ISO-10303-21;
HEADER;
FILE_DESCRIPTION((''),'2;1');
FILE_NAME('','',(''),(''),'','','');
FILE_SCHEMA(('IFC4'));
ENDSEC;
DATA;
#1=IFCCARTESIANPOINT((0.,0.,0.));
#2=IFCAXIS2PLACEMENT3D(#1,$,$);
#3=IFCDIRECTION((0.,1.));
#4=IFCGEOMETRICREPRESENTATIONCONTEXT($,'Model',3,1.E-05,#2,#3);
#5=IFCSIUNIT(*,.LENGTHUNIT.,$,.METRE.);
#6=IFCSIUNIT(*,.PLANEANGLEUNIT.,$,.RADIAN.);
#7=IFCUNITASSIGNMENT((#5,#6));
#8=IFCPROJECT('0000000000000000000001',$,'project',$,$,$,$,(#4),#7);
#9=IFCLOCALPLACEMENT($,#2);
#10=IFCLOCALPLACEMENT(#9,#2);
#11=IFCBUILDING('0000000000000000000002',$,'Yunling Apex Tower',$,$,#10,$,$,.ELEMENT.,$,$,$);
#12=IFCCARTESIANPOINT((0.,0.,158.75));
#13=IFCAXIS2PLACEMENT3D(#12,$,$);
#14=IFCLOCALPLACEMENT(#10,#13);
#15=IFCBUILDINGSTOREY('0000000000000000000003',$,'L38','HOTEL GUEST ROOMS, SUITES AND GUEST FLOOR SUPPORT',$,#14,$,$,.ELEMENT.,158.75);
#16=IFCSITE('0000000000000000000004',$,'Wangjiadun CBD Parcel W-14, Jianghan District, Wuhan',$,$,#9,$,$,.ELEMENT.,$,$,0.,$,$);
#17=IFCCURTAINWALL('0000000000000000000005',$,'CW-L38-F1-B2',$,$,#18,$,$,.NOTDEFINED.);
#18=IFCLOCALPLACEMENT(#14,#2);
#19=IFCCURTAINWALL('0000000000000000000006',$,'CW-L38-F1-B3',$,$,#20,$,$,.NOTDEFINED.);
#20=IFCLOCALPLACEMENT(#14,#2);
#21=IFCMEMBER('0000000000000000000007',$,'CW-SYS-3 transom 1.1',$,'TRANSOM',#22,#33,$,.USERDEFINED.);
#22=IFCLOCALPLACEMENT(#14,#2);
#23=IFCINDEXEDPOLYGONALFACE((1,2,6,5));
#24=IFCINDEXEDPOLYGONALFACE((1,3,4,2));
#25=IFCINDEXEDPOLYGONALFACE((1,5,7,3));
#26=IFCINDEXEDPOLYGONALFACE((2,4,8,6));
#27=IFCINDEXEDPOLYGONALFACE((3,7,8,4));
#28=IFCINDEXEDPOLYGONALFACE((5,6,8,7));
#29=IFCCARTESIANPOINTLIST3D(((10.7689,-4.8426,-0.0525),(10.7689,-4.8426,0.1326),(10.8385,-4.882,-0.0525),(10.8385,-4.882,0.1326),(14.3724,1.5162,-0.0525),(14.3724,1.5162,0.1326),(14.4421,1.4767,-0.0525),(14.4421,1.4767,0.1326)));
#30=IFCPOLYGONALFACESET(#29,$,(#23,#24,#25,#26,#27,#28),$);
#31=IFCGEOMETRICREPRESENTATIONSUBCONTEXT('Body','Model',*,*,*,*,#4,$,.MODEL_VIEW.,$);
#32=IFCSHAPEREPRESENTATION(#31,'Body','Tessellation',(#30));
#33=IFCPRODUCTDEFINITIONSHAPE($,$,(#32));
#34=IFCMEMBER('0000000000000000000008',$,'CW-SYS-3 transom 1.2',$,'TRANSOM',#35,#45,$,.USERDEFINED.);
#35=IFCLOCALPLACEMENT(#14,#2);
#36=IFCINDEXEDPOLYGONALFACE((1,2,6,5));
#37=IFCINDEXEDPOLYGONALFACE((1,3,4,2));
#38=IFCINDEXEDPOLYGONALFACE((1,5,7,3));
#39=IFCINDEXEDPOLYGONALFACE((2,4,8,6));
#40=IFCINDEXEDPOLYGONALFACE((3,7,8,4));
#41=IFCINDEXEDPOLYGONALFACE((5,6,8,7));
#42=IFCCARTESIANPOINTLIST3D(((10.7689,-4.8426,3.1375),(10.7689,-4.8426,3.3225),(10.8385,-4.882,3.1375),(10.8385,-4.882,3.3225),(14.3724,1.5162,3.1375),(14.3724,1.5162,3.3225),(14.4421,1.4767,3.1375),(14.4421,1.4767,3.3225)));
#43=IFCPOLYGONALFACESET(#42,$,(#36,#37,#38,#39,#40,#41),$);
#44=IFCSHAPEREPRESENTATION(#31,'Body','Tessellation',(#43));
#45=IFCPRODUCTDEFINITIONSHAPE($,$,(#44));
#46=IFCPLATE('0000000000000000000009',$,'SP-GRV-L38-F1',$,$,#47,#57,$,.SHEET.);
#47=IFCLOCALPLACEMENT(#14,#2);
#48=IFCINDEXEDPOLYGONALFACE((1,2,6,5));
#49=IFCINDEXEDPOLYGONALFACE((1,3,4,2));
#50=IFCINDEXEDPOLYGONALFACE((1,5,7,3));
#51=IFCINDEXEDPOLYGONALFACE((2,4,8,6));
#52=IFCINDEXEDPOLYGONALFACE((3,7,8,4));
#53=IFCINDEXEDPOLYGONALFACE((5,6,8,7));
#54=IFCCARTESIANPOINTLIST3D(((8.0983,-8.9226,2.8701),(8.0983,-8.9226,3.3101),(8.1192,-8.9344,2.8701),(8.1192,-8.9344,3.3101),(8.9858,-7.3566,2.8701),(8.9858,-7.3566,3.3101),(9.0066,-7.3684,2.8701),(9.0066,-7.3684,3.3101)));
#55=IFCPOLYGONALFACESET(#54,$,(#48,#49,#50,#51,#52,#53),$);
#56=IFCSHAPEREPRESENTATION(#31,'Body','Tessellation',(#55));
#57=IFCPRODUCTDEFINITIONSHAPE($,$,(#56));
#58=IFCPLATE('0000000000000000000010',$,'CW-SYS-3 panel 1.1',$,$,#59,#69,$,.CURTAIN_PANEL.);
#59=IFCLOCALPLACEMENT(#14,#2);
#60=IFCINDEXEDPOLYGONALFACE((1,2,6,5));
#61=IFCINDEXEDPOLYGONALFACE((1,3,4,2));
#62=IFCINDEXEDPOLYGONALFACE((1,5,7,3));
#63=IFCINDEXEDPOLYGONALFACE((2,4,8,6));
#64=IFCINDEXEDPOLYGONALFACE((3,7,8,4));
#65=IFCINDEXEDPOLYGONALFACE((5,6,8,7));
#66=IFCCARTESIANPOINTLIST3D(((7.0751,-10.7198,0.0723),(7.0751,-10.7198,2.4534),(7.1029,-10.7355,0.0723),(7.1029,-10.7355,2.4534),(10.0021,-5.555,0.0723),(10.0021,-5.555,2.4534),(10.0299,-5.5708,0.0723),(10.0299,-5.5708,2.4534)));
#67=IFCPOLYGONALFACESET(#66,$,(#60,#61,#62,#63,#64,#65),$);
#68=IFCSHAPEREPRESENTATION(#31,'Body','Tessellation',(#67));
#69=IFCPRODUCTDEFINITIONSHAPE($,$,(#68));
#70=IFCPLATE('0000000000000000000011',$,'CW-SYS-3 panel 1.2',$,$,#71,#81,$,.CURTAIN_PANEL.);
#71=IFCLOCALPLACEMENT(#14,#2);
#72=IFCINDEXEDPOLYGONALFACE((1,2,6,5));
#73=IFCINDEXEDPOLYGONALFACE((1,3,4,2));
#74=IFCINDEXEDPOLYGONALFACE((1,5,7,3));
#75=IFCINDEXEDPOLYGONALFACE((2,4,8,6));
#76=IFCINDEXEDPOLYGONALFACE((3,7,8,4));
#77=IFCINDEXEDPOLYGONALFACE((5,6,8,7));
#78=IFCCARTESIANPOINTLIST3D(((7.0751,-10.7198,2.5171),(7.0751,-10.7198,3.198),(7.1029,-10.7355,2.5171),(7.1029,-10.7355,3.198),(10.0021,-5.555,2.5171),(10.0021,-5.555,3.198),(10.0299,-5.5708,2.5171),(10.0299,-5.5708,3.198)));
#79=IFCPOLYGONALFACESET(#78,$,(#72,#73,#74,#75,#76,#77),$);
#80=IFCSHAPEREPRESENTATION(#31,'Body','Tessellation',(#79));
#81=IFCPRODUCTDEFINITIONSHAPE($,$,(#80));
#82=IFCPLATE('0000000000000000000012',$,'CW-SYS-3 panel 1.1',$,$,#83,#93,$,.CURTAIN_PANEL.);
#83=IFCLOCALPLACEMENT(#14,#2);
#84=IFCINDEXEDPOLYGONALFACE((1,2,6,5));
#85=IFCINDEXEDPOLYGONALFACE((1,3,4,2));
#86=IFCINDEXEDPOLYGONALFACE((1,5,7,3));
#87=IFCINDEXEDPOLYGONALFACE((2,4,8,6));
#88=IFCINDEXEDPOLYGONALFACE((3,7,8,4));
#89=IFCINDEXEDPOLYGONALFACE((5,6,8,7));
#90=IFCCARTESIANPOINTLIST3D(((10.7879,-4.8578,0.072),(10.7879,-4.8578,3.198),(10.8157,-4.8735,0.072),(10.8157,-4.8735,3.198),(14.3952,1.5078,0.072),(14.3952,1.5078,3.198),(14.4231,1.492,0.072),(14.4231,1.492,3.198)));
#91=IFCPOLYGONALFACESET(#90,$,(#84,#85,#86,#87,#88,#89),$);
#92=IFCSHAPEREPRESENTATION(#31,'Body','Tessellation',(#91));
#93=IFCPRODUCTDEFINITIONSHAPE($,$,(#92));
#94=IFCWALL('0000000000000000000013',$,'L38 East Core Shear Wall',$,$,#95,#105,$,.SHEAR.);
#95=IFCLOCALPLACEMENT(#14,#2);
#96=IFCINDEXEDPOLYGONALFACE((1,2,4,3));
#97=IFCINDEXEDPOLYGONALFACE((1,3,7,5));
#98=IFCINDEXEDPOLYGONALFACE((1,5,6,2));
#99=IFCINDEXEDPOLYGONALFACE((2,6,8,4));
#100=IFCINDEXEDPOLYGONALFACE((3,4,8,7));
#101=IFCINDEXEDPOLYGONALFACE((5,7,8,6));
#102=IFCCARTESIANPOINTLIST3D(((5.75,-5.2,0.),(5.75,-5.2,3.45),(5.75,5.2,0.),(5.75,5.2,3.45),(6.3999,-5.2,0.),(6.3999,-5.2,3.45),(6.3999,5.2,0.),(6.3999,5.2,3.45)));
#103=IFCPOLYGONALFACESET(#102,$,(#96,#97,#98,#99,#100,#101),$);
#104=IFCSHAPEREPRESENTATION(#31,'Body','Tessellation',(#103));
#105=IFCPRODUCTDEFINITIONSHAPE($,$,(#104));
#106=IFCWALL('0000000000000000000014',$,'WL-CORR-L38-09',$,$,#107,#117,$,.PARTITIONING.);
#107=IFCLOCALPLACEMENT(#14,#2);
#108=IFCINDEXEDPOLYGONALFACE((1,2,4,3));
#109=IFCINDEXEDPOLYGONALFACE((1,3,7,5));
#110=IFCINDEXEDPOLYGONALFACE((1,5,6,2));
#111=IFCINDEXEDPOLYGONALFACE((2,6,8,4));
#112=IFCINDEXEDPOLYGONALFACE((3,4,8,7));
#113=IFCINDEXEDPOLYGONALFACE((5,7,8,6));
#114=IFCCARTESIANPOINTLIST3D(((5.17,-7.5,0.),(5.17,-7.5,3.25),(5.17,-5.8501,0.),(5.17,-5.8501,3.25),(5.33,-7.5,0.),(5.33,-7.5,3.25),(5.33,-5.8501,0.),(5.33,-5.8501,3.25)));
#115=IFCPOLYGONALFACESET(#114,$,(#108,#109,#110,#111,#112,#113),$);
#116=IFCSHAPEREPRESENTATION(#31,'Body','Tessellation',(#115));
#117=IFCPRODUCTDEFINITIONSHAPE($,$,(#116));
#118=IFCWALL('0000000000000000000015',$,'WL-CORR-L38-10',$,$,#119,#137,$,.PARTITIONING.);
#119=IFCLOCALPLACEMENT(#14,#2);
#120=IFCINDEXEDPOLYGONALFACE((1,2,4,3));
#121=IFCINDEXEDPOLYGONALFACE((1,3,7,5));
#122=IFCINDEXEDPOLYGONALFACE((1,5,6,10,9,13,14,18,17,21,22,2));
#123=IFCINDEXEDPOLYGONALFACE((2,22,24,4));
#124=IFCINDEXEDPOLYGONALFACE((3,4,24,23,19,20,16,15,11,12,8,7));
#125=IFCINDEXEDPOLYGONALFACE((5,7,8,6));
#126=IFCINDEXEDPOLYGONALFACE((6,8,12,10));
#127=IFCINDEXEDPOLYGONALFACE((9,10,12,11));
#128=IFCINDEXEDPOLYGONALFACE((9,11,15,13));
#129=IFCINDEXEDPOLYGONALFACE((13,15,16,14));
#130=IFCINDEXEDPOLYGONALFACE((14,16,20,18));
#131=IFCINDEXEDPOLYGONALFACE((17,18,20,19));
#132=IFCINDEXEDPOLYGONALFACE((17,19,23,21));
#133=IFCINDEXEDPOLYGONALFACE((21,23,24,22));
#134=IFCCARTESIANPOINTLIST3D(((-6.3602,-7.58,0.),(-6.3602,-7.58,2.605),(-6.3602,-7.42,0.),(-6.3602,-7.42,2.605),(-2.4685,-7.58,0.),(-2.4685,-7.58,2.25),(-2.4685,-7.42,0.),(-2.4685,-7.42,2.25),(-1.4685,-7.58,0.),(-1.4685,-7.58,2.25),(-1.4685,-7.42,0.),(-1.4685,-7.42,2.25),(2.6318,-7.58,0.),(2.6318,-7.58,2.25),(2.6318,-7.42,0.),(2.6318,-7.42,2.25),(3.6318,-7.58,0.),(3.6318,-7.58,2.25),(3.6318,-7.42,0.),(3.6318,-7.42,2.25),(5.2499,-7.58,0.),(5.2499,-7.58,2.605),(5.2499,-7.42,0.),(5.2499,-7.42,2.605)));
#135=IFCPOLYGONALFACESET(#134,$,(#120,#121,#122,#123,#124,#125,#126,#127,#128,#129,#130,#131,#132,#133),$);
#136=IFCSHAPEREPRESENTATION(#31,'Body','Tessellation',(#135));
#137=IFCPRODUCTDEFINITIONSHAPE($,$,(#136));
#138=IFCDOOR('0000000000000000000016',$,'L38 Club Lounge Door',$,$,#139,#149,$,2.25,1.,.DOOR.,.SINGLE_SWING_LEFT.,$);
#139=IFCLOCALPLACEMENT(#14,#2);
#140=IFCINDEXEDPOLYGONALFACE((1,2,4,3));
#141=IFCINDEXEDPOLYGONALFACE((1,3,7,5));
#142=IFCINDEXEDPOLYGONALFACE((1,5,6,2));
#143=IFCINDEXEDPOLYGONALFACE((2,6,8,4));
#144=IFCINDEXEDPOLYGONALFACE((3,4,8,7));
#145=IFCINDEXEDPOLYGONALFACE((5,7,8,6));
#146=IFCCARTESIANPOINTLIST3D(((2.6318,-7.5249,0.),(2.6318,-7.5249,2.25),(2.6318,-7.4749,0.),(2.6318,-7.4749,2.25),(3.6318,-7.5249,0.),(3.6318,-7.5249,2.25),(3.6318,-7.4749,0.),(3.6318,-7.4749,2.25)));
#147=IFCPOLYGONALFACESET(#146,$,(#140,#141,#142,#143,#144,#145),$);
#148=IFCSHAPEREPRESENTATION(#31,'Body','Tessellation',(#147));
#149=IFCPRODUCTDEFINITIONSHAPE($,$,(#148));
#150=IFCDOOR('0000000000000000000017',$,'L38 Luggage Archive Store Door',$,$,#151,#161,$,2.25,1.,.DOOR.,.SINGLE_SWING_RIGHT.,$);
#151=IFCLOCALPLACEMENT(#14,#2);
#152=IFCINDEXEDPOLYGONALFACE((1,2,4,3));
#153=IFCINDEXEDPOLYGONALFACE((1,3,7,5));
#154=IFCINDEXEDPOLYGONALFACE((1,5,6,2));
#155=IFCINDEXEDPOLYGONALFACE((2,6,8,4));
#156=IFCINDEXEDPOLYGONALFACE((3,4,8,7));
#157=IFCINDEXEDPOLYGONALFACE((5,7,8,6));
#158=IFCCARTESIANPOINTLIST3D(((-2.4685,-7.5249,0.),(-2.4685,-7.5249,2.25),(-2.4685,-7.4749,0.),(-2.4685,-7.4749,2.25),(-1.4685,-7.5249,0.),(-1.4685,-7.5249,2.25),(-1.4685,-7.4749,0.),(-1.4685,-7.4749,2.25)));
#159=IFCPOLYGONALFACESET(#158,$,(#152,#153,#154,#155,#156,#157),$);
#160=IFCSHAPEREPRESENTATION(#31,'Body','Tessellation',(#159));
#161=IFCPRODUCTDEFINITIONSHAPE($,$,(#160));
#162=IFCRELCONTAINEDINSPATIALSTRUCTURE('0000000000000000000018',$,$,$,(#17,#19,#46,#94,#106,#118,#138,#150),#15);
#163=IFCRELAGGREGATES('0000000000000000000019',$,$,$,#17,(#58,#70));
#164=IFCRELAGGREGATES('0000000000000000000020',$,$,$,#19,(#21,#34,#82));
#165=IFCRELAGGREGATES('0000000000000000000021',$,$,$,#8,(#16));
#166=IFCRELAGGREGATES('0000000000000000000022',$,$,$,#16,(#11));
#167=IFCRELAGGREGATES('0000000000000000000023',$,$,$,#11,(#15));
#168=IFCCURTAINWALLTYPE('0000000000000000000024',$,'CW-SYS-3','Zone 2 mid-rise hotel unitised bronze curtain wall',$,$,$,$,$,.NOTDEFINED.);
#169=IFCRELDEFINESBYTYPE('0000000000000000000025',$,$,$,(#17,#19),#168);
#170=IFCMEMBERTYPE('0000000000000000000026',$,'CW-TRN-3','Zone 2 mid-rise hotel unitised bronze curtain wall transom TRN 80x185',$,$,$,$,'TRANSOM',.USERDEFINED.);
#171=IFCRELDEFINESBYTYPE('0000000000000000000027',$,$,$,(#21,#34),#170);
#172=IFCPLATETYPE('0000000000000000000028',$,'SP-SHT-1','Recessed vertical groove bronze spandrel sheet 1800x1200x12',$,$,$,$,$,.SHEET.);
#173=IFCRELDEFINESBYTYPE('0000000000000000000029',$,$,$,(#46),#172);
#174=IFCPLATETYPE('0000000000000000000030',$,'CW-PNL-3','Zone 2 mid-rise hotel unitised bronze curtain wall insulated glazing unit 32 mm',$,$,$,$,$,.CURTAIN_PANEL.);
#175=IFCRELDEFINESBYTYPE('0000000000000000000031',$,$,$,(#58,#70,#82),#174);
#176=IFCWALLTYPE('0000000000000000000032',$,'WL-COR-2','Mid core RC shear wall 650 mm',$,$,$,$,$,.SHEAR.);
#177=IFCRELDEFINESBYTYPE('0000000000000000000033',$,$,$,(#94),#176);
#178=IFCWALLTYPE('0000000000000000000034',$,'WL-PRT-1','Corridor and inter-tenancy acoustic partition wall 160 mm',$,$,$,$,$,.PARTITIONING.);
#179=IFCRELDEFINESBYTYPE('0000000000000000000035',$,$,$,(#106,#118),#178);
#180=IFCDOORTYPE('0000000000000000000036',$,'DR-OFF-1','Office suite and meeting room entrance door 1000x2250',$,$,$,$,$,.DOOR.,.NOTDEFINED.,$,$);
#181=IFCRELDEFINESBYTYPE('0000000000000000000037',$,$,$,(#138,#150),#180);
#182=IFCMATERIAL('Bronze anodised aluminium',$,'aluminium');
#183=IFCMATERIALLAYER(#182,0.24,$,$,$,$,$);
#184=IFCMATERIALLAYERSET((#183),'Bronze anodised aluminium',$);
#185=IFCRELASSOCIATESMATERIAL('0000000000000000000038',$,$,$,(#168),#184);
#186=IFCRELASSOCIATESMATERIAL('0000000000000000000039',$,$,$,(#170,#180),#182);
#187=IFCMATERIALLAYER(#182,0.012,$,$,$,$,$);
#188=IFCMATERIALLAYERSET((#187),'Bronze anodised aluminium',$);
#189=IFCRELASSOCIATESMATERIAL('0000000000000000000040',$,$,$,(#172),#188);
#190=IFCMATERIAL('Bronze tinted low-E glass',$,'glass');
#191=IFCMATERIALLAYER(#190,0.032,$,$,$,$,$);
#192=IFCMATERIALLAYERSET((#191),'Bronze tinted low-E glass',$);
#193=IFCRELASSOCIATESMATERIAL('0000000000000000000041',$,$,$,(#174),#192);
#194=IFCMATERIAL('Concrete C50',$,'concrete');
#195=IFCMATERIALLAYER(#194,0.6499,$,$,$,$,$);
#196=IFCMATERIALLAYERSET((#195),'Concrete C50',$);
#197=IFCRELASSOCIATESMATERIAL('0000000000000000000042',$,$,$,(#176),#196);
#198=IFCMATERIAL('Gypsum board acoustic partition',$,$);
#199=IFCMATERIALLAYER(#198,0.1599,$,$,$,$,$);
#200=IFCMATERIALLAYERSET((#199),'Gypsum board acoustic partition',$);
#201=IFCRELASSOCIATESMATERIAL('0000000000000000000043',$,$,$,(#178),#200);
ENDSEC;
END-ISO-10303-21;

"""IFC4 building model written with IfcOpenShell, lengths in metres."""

from ifc_helpers import new_model, si_unit, direction, frame, frame_2d, origin, origin_2d, place, context, subcontext, project, spatial, rectangle, extrude, source, transform, mapped, material, layer, layer_set, material_profile, profile_set, type_object, element, fill, aggregate, save


model = new_model("IFC4")

# Units and contexts
model_context = context("Model", 3, precision=1e-05, world=origin(), true_north=direction((0.0, 1.0)))
body_context = subcontext(model_context, "Body", "Model", "MODEL_VIEW")
ifc_project = project(units=[si_unit("LENGTHUNIT", "METRE"), si_unit("PLANEANGLEUNIT", "RADIAN")], contexts=[model_context])

# Site, building, storey
site_placement = place(None, origin())
site = spatial("IfcSite", under=ifc_project, at=site_placement, Name="Wangjiadun CBD Parcel W-14, Jianghan District, Wuhan", CompositionType="ELEMENT", RefElevation=0.0)
building_placement = place(site_placement, origin())
building = spatial("IfcBuilding", under=site, at=building_placement, Name="Yunling Apex Tower", CompositionType="ELEMENT")
storey_placement = place(building_placement, frame((0.0, 0.0, 158.75)))
storey = spatial("IfcBuildingStorey", under=building, at=storey_placement, Name="L38", Description="HOTEL GUEST ROOMS, SUITES AND GUEST FLOOR SUPPORT", CompositionType="ELEMENT", Elevation=158.75)

# Curtain wall
ifc_material_1 = material(Name="Bronze anodised aluminium", Category="aluminium")
ifc_layer_1 = layer(ifc_material_1, 0.24)
ifc_layer_set_1 = layer_set([ifc_layer_1], Name="Bronze anodised aluminium")
curtain_wall_type = type_object("IfcCurtainWallType", Name="CW-SYS-3", Description="Zone 2 mid-rise hotel unitised bronze curtain wall", PredefinedType="NOTDEFINED", material=ifc_layer_set_1)
curtain_wall_1_placement = place(storey_placement, origin())
curtain_wall_1 = element("IfcCurtainWall", 1, at=curtain_wall_1_placement, inside=storey, type_object=curtain_wall_type, Name="CW-L38-F1-B2", PredefinedType="NOTDEFINED")

# Curtain wall, members
curtain_wall_2_placement = place(storey_placement, origin())
curtain_wall_2 = element("IfcCurtainWall", 2, at=curtain_wall_2_placement, inside=storey, type_object=curtain_wall_type, Name="CW-L38-F1-B3", PredefinedType="NOTDEFINED")
ifc_material_profile_1 = material_profile(ifc_material_1, rectangle(XDim=0.0801, YDim=0.1851, at=origin_2d()))
ifc_profile_set_1 = profile_set([ifc_material_profile_1], Name="Bronze anodised aluminium")
member_type_1 = type_object("IfcMemberType", Name="CW-TRN-3", Description="Zone 2 mid-rise hotel unitised bronze curtain wall transom TRN 80x185", ElementType="TRANSOM", PredefinedType="USERDEFINED", material=ifc_profile_set_1)
shared_shape_1 = source(origin(), body_context, "Body", "SweptSolid", [
    extrude(rectangle(XDim=0.0801, YDim=0.1851, at=origin_2d()), origin(), (0.0, 0.0, 1.0), 7.3088),
])
member_1_placement = place(storey_placement, frame((10.8037, -4.8623, 0.04), z_axis=(0.493042, 0.870005, 0.0), x_axis=(-0.870005, 0.493042, 0.0)))
member_1 = element("IfcMember", 3, at=member_1_placement, type_object=member_type_1, Name="CW-SYS-3 transom 1.1", ObjectType="TRANSOM", PredefinedType="USERDEFINED", context=body_context, shape_type="MappedRepresentation", body=[
    mapped(shared_shape_1, transform((0.0, 0.0, 0.0), scale=1.0)),
])
member_2_placement = place(storey_placement, frame((10.8037, -4.8623, 3.23), z_axis=(0.493042, 0.870005, 0.0), x_axis=(-0.870005, 0.493042, 0.0)))
member_2 = element("IfcMember", 4, at=member_2_placement, type_object=member_type_1, Name="CW-SYS-3 transom 1.2", ObjectType="TRANSOM", PredefinedType="USERDEFINED", context=body_context, shape_type="MappedRepresentation", body=[
    mapped(shared_shape_1, transform((0.0, 0.0, 0.0), scale=1.0)),
])

# Plates
ifc_layer_2 = layer(ifc_material_1, 0.012)
ifc_layer_set_2 = layer_set([ifc_layer_2], Name="Bronze anodised aluminium")
plate_type_1 = type_object("IfcPlateType", Name="SP-SHT-1", Description="Recessed vertical groove bronze spandrel sheet 1800x1200x12", PredefinedType="SHEET", material=ifc_layer_set_2)
shared_shape_2 = source(origin(), body_context, "Body", "SweptSolid", [
    extrude(rectangle(XDim=1.8, YDim=0.0239, at=origin_2d()), origin(), (0.0, 0.0, 1.0), 0.4399),
])
plate_1_placement = place(storey_placement, frame((8.5525, -8.1455, 2.8701), z_axis=(0.0, 0.0, 1.0), x_axis=(0.493031, 0.870012, 0.0)))
element("IfcPlate", 5, at=plate_1_placement, inside=storey, type_object=plate_type_1, Name="SP-GRV-L38-F1", PredefinedType="SHEET", context=body_context, shape_type="MappedRepresentation", body=[
    mapped(shared_shape_2, transform((0.0, 0.0, 0.0), scale=1.0)),
])
ifc_material_2 = material(Name="Bronze tinted low-E glass", Category="glass")
ifc_layer_3 = layer(ifc_material_2, 0.032)
ifc_layer_set_3 = layer_set([ifc_layer_3], Name="Bronze tinted low-E glass")
plate_type_2 = type_object("IfcPlateType", Name="CW-PNL-3", Description="Zone 2 mid-rise hotel unitised bronze curtain wall insulated glazing unit 32 mm", PredefinedType="CURTAIN_PANEL", material=ifc_layer_set_3)
shared_shape_3 = source(origin(), body_context, "Body", "SweptSolid", [
    extrude(rectangle(XDim=5.9365, YDim=0.032, at=origin_2d()), origin(), (0.0, 0.0, 1.0), 2.3811),
])
plate_2_placement = place(storey_placement, frame((8.5525, -8.1453, 0.0723), z_axis=(0.0, 0.0, 1.0), x_axis=(0.493047, 0.870003, 0.0)))
plate_2 = element("IfcPlate", 6, at=plate_2_placement, type_object=plate_type_2, Name="CW-SYS-3 panel 1.1", PredefinedType="CURTAIN_PANEL", context=body_context, shape_type="MappedRepresentation", body=[
    mapped(shared_shape_3, transform((0.0, 0.0, 0.0), scale=1.0)),
])
shared_shape_4 = source(origin(), body_context, "Body", "SweptSolid", [
    extrude(rectangle(XDim=5.9365, YDim=0.032, at=origin_2d()), origin(), (0.0, 0.0, 1.0), 0.6809),
])
plate_3_placement = place(storey_placement, frame((8.5525, -8.1453, 2.5171), z_axis=(0.0, 0.0, 1.0), x_axis=(0.493047, 0.870003, 0.0)))
plate_3 = element("IfcPlate", 7, at=plate_3_placement, type_object=plate_type_2, Name="CW-SYS-3 panel 1.2", PredefinedType="CURTAIN_PANEL", context=body_context, shape_type="MappedRepresentation", body=[
    mapped(shared_shape_4, transform((0.0, 0.0, 0.0), scale=1.0)),
])
aggregate(curtain_wall_1, [plate_2, plate_3])
shared_shape_5 = source(origin(), body_context, "Body", "SweptSolid", [
    extrude(rectangle(XDim=7.3167, YDim=0.032, at=origin_2d()), origin(), (0.0, 0.0, 1.0), 3.126),
])
plate_4_placement = place(storey_placement, frame((12.6055, -1.6829, 0.072), z_axis=(0.0, 0.0, 1.0), x_axis=(0.493035, 0.870009, 0.0)))
plate_4 = element("IfcPlate", 8, at=plate_4_placement, type_object=plate_type_2, Name="CW-SYS-3 panel 1.1", PredefinedType="CURTAIN_PANEL", context=body_context, shape_type="MappedRepresentation", body=[
    mapped(shared_shape_5, transform((0.0, 0.0, 0.0), scale=1.0)),
])
aggregate(curtain_wall_2, [member_1, member_2, plate_4])

# Walls
ifc_material_3 = material(Name="Concrete C50", Category="concrete")
ifc_layer_4 = layer(ifc_material_3, 0.6499)
ifc_layer_set_4 = layer_set([ifc_layer_4], Name="Concrete C50")
wall_type_1 = type_object("IfcWallType", Name="WL-COR-2", Description="Mid core RC shear wall 650 mm", PredefinedType="SHEAR", material=ifc_layer_set_4)
wall_1_placement = place(storey_placement, frame((6.075, -5.2, 0.0), z_axis=(0.0, 0.0, 1.0), x_axis=(0.0, 1.0, 0.0)))
element("IfcWall", 9, at=wall_1_placement, inside=storey, type_object=wall_type_1, Name="L38 East Core Shear Wall", PredefinedType="SHEAR", context=body_context, shape_type="SweptSolid", body=[
    extrude(rectangle(XDim=10.3999, YDim=0.6499, at=frame_2d((5.2, 0.0))), origin(), (0.0, 0.0, 1.0), 3.45),
])
ifc_material_4 = material(Name="Gypsum board acoustic partition")
ifc_layer_5 = layer(ifc_material_4, 0.1599)
ifc_layer_set_5 = layer_set([ifc_layer_5], Name="Gypsum board acoustic partition")
wall_type_2 = type_object("IfcWallType", Name="WL-PRT-1", Description="Corridor and inter-tenancy acoustic partition wall 160 mm", PredefinedType="PARTITIONING", material=ifc_layer_set_5)
wall_2_placement = place(storey_placement, frame((5.25, -5.8501, 0.0), z_axis=(0.0, 0.0, 1.0), x_axis=(0.0, -1.0, 0.0)))
element("IfcWall", 10, at=wall_2_placement, inside=storey, type_object=wall_type_2, Name="WL-CORR-L38-09", PredefinedType="PARTITIONING", context=body_context, shape_type="SweptSolid", body=[
    extrude(rectangle(XDim=1.6499, YDim=0.1599, at=frame_2d((0.825, 0.0))), origin(), (0.0, 0.0, 1.0), 3.25),
])

# Wall, openings, doors
wall_3_placement = place(storey_placement, frame((5.25, -7.5, 0.0), z_axis=(0.0, 0.0, 1.0), x_axis=(-1.0, 0.0, 0.0)))
wall_3 = element("IfcWall", 11, at=wall_3_placement, inside=storey, type_object=wall_type_2, Name="WL-CORR-L38-10", PredefinedType="PARTITIONING", context=body_context, shape_type="SweptSolid", body=[
    extrude(rectangle(XDim=11.6101, YDim=0.1599, at=frame_2d((5.8052, 0.0))), origin(), (0.0, 0.0, 1.0), 2.605),
])
opening_1_placement = place(wall_3_placement, frame((1.6182, 0.0, 0.0)))
opening_1 = element("IfcOpeningElement", 12, at=opening_1_placement, cuts=wall_3, PredefinedType="OPENING", context=body_context, shape_type="SweptSolid", body=[
    extrude(rectangle(XDim=1.0, YDim=2.25, at=frame_2d((0.5, 1.125))), frame((0.0, 0.0898, 0.0), z_axis=(0.0, -1.0, 0.0), x_axis=(1.0, 0.0, 0.0)), (0.0, 0.0, 1.0), 0.1799),
])
opening_2_placement = place(wall_3_placement, frame((6.7185, 0.0, 0.0)))
opening_2 = element("IfcOpeningElement", 13, at=opening_2_placement, cuts=wall_3, PredefinedType="OPENING", context=body_context, shape_type="SweptSolid", body=[
    extrude(rectangle(XDim=1.0, YDim=2.25, at=frame_2d((0.5, 1.125))), frame((0.0, 0.0898, 0.0), z_axis=(0.0, -1.0, 0.0), x_axis=(1.0, 0.0, 0.0)), (0.0, 0.0, 1.0), 0.1799),
])
door_type_1 = type_object("IfcDoorType", Name="DR-OFF-1", Description="Office suite and meeting room entrance door 1000x2250", OperationType="NOTDEFINED", PredefinedType="DOOR", material=ifc_material_1)
door_1_placement = place(opening_1_placement, origin())
door_1 = element("IfcDoor", 14, at=door_1_placement, inside=storey, type_object=door_type_1, Name="L38 Club Lounge Door", OperationType="SINGLE_SWING_LEFT", OverallHeight=2.25, OverallWidth=1.0, PredefinedType="DOOR", context=body_context, shape_type="SweptSolid", body=[
    extrude(rectangle(XDim=1.0, YDim=2.25, at=frame_2d((0.5, 1.125))), frame((0.0, 0.0249, 0.0), z_axis=(0.0, -1.0, 0.0), x_axis=(1.0, 0.0, 0.0)), (0.0, 0.0, 1.0), 0.05),
])
fill(opening_1, door_1)
door_2_placement = place(opening_2_placement, origin())
door_2 = element("IfcDoor", 15, at=door_2_placement, inside=storey, type_object=door_type_1, Name="L38 Luggage Archive Store Door", OperationType="SINGLE_SWING_RIGHT", OverallHeight=2.25, OverallWidth=1.0, PredefinedType="DOOR", context=body_context, shape_type="SweptSolid", body=[
    extrude(rectangle(XDim=1.0, YDim=2.25, at=frame_2d((0.5, 1.125))), frame((0.0, 0.0249, 0.0), z_axis=(0.0, -1.0, 0.0), x_axis=(1.0, 0.0, 0.0)), (0.0, 0.0, 1.0), 0.05),
])
fill(opening_2, door_2)

save(model, "model.ifc")
